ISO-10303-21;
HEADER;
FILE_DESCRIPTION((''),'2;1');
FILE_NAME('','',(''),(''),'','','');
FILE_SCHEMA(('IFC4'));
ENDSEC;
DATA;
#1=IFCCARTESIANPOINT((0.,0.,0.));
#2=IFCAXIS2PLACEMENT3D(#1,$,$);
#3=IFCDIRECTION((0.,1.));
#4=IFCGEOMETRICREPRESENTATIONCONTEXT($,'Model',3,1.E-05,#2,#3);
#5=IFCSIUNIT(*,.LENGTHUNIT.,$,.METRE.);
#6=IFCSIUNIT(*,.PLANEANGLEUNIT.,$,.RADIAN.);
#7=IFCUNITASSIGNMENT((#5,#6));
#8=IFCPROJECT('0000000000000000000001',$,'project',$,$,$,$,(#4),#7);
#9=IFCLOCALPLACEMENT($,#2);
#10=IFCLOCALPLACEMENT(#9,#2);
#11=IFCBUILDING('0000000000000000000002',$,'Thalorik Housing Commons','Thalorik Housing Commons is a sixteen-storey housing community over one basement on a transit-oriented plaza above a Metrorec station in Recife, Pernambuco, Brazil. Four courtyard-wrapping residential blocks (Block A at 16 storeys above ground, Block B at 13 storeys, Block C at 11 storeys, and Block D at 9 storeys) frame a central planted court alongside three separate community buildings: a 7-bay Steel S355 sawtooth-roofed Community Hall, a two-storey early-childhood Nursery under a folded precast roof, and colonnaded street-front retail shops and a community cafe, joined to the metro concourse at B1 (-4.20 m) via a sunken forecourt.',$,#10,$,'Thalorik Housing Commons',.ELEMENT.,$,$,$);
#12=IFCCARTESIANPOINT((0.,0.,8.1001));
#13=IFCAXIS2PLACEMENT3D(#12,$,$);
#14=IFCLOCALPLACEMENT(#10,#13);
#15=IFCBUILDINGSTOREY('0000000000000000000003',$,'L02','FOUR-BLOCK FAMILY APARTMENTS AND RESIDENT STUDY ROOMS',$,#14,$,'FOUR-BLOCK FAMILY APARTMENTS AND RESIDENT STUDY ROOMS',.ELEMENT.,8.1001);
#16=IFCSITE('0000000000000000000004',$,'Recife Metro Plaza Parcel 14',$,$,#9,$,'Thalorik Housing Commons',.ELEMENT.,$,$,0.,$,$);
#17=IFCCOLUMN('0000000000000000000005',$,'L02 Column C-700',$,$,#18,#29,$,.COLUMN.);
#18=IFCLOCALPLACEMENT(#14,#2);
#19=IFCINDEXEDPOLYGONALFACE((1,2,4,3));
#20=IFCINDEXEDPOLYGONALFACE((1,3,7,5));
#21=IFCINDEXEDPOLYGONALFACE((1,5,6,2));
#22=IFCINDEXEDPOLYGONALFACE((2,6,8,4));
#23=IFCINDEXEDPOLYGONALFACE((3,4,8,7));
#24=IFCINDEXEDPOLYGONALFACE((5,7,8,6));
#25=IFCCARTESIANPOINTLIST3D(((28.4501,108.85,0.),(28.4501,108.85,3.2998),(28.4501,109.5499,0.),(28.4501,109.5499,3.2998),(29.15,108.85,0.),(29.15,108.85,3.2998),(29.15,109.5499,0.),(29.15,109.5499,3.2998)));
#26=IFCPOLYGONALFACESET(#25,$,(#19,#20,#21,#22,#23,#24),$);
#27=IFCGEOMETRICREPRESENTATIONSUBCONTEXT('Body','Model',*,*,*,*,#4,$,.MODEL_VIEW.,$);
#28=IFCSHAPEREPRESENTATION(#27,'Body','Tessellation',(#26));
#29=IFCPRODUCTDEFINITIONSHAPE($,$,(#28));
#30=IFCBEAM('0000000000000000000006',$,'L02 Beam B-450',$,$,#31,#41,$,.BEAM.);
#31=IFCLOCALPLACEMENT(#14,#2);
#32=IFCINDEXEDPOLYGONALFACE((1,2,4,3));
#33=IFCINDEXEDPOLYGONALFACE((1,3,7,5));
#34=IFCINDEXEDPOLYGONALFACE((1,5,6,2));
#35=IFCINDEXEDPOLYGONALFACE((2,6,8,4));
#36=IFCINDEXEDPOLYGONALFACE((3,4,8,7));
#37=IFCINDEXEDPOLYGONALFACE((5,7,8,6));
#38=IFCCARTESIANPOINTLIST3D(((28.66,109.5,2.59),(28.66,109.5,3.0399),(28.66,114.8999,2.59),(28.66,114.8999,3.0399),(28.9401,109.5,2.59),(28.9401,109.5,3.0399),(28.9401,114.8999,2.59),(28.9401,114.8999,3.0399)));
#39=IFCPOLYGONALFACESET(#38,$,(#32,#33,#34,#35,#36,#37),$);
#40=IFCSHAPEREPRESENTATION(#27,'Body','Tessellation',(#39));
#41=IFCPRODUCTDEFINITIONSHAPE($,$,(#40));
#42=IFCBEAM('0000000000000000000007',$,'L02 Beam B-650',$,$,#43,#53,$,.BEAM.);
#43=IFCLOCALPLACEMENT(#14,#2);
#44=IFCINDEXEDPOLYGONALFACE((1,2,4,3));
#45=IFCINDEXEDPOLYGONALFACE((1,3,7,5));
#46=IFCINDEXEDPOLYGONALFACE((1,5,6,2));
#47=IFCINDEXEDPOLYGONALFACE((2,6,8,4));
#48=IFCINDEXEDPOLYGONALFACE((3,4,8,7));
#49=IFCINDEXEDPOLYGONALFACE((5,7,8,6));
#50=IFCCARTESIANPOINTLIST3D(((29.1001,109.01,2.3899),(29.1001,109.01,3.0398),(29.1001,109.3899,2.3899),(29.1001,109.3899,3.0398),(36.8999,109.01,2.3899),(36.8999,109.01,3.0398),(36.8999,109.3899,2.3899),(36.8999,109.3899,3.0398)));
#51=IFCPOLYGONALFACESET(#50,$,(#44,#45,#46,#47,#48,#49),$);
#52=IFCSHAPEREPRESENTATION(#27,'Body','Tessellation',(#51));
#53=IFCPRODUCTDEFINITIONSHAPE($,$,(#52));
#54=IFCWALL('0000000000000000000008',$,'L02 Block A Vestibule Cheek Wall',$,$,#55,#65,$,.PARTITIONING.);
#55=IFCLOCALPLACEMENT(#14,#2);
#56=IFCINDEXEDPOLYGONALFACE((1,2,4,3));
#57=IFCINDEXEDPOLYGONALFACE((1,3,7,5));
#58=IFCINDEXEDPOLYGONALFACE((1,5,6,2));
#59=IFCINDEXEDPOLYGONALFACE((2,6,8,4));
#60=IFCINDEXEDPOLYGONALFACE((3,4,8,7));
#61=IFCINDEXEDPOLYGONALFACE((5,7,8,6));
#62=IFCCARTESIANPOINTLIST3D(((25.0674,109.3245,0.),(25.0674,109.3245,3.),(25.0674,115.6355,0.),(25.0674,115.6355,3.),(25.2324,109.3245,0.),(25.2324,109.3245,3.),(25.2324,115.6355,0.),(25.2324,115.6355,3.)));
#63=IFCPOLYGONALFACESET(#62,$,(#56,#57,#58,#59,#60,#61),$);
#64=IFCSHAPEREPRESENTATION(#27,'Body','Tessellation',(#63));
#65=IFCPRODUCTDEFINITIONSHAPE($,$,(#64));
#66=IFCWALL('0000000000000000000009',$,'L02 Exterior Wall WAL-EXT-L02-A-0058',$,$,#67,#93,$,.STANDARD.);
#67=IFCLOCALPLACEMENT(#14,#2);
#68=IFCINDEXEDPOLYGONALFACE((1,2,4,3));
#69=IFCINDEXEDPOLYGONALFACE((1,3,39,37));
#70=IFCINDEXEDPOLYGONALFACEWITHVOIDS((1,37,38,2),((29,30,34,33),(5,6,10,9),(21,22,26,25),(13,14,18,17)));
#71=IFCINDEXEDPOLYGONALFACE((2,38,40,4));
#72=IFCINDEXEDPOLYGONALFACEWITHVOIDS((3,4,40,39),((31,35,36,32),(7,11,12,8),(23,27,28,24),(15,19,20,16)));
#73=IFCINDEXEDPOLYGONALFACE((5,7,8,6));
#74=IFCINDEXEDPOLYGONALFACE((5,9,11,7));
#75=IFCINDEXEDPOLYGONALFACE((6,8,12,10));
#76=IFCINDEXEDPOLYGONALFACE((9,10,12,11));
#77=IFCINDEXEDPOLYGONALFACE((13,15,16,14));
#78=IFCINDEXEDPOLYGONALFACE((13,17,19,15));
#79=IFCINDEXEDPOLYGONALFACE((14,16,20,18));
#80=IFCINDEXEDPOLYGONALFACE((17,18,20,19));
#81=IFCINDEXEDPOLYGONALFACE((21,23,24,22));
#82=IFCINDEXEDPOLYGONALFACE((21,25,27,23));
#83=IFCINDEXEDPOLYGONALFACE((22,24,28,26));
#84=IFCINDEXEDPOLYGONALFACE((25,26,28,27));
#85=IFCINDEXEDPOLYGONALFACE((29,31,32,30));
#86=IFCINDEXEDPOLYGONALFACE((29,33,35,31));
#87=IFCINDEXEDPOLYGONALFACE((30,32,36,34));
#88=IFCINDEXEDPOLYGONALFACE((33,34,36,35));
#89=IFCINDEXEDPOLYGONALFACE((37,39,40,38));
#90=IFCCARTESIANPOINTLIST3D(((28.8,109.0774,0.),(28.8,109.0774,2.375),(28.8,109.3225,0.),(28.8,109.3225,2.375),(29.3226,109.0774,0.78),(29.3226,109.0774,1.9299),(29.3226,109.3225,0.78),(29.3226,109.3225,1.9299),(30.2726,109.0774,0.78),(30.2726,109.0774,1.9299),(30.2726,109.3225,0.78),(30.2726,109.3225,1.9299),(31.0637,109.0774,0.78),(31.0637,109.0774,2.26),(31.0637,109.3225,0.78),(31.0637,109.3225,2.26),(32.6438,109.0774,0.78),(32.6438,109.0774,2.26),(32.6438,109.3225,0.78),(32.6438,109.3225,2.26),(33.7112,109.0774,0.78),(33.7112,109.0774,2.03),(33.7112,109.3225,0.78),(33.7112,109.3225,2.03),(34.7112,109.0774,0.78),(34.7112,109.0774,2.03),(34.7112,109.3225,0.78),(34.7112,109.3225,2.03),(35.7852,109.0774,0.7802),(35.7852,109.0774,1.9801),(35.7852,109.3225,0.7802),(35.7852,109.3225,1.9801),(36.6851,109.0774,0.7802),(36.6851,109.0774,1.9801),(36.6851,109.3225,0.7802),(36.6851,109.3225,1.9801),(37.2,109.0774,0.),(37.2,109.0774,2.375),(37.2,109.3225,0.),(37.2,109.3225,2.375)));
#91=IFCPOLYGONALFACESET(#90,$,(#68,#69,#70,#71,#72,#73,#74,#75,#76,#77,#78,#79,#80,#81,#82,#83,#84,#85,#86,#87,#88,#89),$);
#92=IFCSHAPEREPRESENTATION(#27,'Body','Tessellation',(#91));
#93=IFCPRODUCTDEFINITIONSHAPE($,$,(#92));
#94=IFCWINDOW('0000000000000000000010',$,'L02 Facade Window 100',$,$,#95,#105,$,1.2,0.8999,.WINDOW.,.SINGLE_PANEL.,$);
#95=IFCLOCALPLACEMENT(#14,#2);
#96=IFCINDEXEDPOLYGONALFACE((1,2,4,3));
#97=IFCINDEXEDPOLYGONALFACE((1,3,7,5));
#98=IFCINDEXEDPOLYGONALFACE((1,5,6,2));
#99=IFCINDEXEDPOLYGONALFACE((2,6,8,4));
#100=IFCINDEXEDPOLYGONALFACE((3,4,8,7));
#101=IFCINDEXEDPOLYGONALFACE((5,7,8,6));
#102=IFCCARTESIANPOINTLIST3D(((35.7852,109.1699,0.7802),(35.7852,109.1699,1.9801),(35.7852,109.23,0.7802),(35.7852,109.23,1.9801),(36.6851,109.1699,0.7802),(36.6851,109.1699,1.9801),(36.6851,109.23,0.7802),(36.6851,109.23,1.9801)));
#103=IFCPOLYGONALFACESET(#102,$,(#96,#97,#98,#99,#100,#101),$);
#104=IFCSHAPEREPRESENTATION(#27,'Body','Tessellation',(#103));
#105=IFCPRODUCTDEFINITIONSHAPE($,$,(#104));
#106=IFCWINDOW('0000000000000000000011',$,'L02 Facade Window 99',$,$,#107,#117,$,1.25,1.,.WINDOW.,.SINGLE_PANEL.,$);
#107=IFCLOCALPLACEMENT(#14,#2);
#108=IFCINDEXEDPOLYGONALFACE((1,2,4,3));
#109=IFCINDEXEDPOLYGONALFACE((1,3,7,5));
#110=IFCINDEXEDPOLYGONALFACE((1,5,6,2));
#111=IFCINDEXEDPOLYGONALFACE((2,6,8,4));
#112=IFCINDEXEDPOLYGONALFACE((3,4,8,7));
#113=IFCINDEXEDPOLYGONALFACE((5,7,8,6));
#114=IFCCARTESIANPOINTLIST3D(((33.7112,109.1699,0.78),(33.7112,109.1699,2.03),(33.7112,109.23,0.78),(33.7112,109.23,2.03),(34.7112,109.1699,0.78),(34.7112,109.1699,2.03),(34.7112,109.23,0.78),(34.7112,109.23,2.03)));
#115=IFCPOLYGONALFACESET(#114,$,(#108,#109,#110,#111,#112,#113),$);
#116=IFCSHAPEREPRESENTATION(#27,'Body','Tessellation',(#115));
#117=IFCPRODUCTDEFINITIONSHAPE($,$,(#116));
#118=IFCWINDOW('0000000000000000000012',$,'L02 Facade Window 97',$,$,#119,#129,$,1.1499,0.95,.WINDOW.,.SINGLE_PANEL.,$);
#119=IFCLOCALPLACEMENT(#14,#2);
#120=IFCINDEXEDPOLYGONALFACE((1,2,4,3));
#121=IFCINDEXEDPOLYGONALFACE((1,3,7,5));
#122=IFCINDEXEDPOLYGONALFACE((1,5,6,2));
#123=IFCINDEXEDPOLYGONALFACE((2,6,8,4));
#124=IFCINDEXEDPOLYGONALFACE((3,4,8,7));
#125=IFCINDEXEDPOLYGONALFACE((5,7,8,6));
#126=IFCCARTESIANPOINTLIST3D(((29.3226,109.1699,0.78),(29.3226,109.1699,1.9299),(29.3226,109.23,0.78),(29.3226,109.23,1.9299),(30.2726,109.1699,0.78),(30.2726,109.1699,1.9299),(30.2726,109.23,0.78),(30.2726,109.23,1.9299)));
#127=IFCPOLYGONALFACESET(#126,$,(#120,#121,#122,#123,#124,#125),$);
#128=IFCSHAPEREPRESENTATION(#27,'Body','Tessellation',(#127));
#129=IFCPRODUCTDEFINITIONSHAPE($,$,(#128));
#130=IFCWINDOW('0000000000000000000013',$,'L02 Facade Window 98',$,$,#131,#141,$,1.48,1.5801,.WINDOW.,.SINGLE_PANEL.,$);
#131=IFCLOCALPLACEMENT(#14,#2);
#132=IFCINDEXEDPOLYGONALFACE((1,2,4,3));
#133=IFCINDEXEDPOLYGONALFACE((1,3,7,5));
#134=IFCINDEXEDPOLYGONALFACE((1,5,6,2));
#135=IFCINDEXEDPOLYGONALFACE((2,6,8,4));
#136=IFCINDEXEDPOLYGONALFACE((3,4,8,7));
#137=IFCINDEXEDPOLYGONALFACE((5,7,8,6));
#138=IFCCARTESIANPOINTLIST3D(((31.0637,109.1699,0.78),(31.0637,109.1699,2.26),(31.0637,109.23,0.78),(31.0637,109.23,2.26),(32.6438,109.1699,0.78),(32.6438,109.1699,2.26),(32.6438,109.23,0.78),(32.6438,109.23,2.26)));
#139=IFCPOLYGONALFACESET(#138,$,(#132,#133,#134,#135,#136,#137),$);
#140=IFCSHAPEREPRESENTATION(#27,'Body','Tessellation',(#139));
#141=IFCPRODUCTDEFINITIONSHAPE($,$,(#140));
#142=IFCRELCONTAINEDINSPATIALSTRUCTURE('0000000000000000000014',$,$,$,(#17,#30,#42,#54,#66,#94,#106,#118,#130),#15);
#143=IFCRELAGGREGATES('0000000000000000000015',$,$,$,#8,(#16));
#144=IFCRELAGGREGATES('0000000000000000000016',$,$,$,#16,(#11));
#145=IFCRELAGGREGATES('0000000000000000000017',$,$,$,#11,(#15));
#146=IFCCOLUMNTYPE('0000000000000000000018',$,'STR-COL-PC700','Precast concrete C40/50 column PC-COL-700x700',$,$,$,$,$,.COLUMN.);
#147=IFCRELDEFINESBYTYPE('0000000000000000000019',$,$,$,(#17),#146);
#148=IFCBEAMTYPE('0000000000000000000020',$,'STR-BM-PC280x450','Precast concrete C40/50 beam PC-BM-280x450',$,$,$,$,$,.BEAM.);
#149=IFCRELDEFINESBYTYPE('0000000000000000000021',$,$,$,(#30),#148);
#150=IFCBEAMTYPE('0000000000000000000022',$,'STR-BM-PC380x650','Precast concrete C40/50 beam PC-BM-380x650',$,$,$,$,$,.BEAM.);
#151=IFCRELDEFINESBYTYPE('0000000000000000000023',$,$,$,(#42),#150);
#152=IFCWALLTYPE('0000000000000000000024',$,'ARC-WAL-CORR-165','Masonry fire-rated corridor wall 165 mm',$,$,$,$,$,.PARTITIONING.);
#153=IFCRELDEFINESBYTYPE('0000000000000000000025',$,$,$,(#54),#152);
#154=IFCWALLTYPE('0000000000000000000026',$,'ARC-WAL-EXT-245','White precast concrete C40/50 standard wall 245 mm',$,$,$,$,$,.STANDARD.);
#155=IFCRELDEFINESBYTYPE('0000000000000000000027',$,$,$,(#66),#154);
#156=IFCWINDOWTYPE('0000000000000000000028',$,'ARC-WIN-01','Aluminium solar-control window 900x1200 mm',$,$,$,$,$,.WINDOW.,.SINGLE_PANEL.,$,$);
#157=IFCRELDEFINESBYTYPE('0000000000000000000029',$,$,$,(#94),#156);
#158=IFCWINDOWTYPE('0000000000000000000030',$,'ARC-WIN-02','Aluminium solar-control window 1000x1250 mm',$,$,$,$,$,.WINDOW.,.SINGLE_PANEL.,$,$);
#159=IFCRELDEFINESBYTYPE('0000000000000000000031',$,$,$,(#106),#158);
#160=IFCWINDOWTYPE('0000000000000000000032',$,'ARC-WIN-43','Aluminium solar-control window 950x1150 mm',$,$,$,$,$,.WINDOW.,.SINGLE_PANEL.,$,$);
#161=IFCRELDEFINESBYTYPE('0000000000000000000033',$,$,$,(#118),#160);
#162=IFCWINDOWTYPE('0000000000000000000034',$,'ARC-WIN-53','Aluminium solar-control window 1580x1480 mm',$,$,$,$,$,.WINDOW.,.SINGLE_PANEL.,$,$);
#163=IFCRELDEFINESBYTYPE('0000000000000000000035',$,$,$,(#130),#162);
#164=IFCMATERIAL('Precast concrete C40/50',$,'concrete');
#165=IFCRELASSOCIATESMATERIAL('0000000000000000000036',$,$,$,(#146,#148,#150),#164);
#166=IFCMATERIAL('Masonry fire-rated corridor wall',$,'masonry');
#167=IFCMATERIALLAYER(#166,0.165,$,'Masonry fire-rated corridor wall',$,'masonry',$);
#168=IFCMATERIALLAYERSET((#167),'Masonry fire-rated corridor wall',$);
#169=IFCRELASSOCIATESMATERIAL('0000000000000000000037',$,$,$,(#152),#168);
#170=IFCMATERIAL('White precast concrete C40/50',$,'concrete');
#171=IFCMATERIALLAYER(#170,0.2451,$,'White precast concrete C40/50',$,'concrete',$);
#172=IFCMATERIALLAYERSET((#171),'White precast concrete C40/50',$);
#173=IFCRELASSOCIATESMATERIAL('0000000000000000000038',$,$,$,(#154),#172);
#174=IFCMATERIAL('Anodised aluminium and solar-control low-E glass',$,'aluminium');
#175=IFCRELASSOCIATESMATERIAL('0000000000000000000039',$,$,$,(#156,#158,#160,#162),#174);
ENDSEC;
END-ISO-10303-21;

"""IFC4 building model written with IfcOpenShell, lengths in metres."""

from ifc_helpers import new_model, si_unit, direction, frame, frame_2d, origin, origin_2d, place, context, subcontext, project, spatial, rectangle, extrude, material, layer, layer_set, material_profile, profile_set, type_object, element, fill, save


model = new_model("IFC4")

# Units and contexts
model_context = context("Model", 3, precision=1e-05, world=origin(), true_north=direction((0.0, 1.0)))
body_context = subcontext(model_context, "Body", "Model", "MODEL_VIEW")
ifc_project = project(units=[si_unit("LENGTHUNIT", "METRE"), si_unit("PLANEANGLEUNIT", "RADIAN")], contexts=[model_context])

# Site, building, storey
site_placement = place(None, origin())
site = spatial("IfcSite", under=ifc_project, at=site_placement, Name="Recife Metro Plaza Parcel 14", LongName="Thalorik Housing Commons", CompositionType="ELEMENT", RefElevation=0.0)
building_placement = place(site_placement, origin())
building = spatial("IfcBuilding", under=site, at=building_placement, Name="Thalorik Housing Commons", Description="Thalorik Housing Commons is a sixteen-storey housing community over one basement on a transit-oriented plaza above a Metrorec station in Recife, Pernambuco, Brazil. Four courtyard-wrapping residential blocks (Block A at 16 storeys above ground, Block B at 13 storeys, Block C at 11 storeys, and Block D at 9 storeys) frame a central planted court alongside three separate community buildings: a 7-bay Steel S355 sawtooth-roofed Community Hall, a two-storey early-childhood Nursery under a folded precast roof, and colonnaded street-front retail shops and a community cafe, joined to the metro concourse at B1 (-4.20 m) via a sunken forecourt.", LongName="Thalorik Housing Commons", CompositionType="ELEMENT")
storey_placement = place(building_placement, frame((0.0, 0.0, 8.1001)))
storey = spatial("IfcBuildingStorey", under=building, at=storey_placement, Name="L02", Description="FOUR-BLOCK FAMILY APARTMENTS AND RESIDENT STUDY ROOMS", LongName="FOUR-BLOCK FAMILY APARTMENTS AND RESIDENT STUDY ROOMS", CompositionType="ELEMENT", Elevation=8.1001)

# Column
ifc_material_1 = material(Name="Precast concrete C40/50", Category="concrete")
ifc_material_profile_1 = material_profile(ifc_material_1, rectangle(XDim=0.7, YDim=0.7, at=origin_2d()), Name="PC 700x700", Category="concrete")
ifc_profile_set_1 = profile_set([ifc_material_profile_1], Name="Precast concrete C40/50")
column_type = type_object("IfcColumnType", Name="STR-COL-PC700", Description="Precast concrete C40/50 column PC-COL-700x700", PredefinedType="COLUMN", material=ifc_profile_set_1)
column_placement = place(storey_placement, frame((28.8, 109.2, 0.0), z_axis=(0.0, 0.0, 1.0), x_axis=(1.0, 0.0, 0.0)))
element("IfcColumn", 1, at=column_placement, inside=storey, type_object=column_type, Name="L02 Column C-700", PredefinedType="COLUMN", context=body_context, shape_type="SweptSolid", body=[
    extrude(rectangle(XDim=0.7, YDim=0.7, at=origin_2d()), origin(), (0.0, 0.0, 1.0), 3.2998),
])

# Beams
ifc_material_profile_2 = material_profile(ifc_material_1, rectangle(XDim=0.28, YDim=0.45, at=origin_2d()), Name="PC 280x450", Category="concrete")
ifc_profile_set_2 = profile_set([ifc_material_profile_2], Name="Precast concrete C40/50")
beam_type_1 = type_object("IfcBeamType", Name="STR-BM-PC280x450", Description="Precast concrete C40/50 beam PC-BM-280x450", PredefinedType="BEAM", material=ifc_profile_set_2)
beam_1_placement = place(storey_placement, frame((28.8, 109.5, 2.8149), z_axis=(0.0, 1.0, 0.0), x_axis=(-1.0, 0.0, 0.0)))
element("IfcBeam", 2, at=beam_1_placement, inside=storey, type_object=beam_type_1, Name="L02 Beam B-450", PredefinedType="BEAM", context=body_context, shape_type="SweptSolid", body=[
    extrude(rectangle(XDim=0.28, YDim=0.45, at=origin_2d()), origin(), (0.0, 0.0, 1.0), 5.3999),
])
ifc_material_profile_3 = material_profile(ifc_material_1, rectangle(XDim=0.3799, YDim=0.6499, at=origin_2d()), Name="PC 380x650", Category="concrete")
ifc_profile_set_3 = profile_set([ifc_material_profile_3], Name="Precast concrete C40/50")
beam_type_2 = type_object("IfcBeamType", Name="STR-BM-PC380x650", Description="Precast concrete C40/50 beam PC-BM-380x650", PredefinedType="BEAM", material=ifc_profile_set_3)
beam_2_placement = place(storey_placement, frame((29.1001, 109.2, 2.7148), z_axis=(1.0, 0.0, 0.0), x_axis=(0.0, 1.0, 0.0)))
element("IfcBeam", 3, at=beam_2_placement, inside=storey, type_object=beam_type_2, Name="L02 Beam B-650", PredefinedType="BEAM", context=body_context, shape_type="SweptSolid", body=[
    extrude(rectangle(XDim=0.3799, YDim=0.6499, at=origin_2d()), origin(), (0.0, 0.0, 1.0), 7.7998),
])

# Wall
ifc_material_2 = material(Name="Masonry fire-rated corridor wall", Category="masonry")
ifc_layer_1 = layer(ifc_material_2, 0.165, Name="Masonry fire-rated corridor wall", Category="masonry")
ifc_layer_set_1 = layer_set([ifc_layer_1], Name="Masonry fire-rated corridor wall")
wall_type_1 = type_object("IfcWallType", Name="ARC-WAL-CORR-165", Description="Masonry fire-rated corridor wall 165 mm", PredefinedType="PARTITIONING", material=ifc_layer_set_1)
wall_1_placement = place(storey_placement, frame((25.1499, 109.3245, 0.0), z_axis=(0.0, 0.0, 1.0), x_axis=(0.0, 1.0, 0.0)))
element("IfcWall", 4, at=wall_1_placement, inside=storey, type_object=wall_type_1, Name="L02 Block A Vestibule Cheek Wall", PredefinedType="PARTITIONING", context=body_context, shape_type="SweptSolid", body=[
    extrude(rectangle(XDim=6.311, YDim=0.165, at=frame_2d((3.1555, 0.0))), origin(), (0.0, 0.0, 1.0), 3.0),
])

# Wall, openings, windows
ifc_material_3 = material(Name="White precast concrete C40/50", Category="concrete")
ifc_layer_2 = layer(ifc_material_3, 0.2451, Name="White precast concrete C40/50", Category="concrete")
ifc_layer_set_2 = layer_set([ifc_layer_2], Name="White precast concrete C40/50")
wall_type_2 = type_object("IfcWallType", Name="ARC-WAL-EXT-245", Description="White precast concrete C40/50 standard wall 245 mm", PredefinedType="STANDARD", material=ifc_layer_set_2)
wall_2_placement = place(storey_placement, frame((28.8, 109.2, 0.0), z_axis=(0.0, 0.0, 1.0), x_axis=(1.0, 0.0, 0.0)))
wall_2 = element("IfcWall", 5, at=wall_2_placement, inside=storey, type_object=wall_type_2, Name="L02 Exterior Wall WAL-EXT-L02-A-0058", PredefinedType="STANDARD", context=body_context, shape_type="SweptSolid", body=[
    extrude(rectangle(XDim=8.3999, YDim=0.2451, at=frame_2d((4.2, 0.0))), origin(), (0.0, 0.0, 1.0), 2.375),
])
opening_1_placement = place(wall_2_placement, frame((0.5225, 0.0, 0.78)))
opening_1 = element("IfcOpeningElement", 6, at=opening_1_placement, cuts=wall_2, PredefinedType="OPENING", context=body_context, shape_type="SweptSolid", body=[
    extrude(rectangle(XDim=0.95, YDim=1.1499, at=frame_2d((0.4751, 0.575))), frame((0.0, 0.1326, 0.0), z_axis=(0.0, -1.0, 0.0), x_axis=(1.0, 0.0, 0.0)), (0.0, 0.0, 1.0), 0.2651),
])
opening_2_placement = place(wall_2_placement, frame((2.2637, 0.0, 0.78)))
opening_2 = element("IfcOpeningElement", 7, at=opening_2_placement, cuts=wall_2, PredefinedType="OPENING", context=body_context, shape_type="SweptSolid", body=[
    extrude(rectangle(XDim=1.5801, YDim=1.48, at=frame_2d((0.79, 0.74))), frame((0.0, 0.1326, 0.0), z_axis=(0.0, -1.0, 0.0), x_axis=(1.0, 0.0, 0.0)), (0.0, 0.0, 1.0), 0.2651),
])
opening_3_placement = place(wall_2_placement, frame((4.9111, 0.0, 0.78)))
opening_3 = element("IfcOpeningElement", 8, at=opening_3_placement, cuts=wall_2, PredefinedType="OPENING", context=body_context, shape_type="SweptSolid", body=[
    extrude(rectangle(XDim=1.0, YDim=1.25, at=frame_2d((0.5, 0.625))), frame((0.0, 0.1326, 0.0), z_axis=(0.0, -1.0, 0.0), x_axis=(1.0, 0.0, 0.0)), (0.0, 0.0, 1.0), 0.2651),
])
opening_4_placement = place(wall_2_placement, frame((6.9851, 0.0, 0.78)))
opening_4 = element("IfcOpeningElement", 9, at=opening_4_placement, cuts=wall_2, PredefinedType="OPENING", context=body_context, shape_type="SweptSolid", body=[
    extrude(rectangle(XDim=0.8999, YDim=1.2, at=frame_2d((0.45, 0.6001))), frame((0.0, 0.1326, 0.0), z_axis=(0.0, -1.0, 0.0), x_axis=(1.0, 0.0, 0.0)), (0.0, 0.0, 1.0), 0.2651),
])
ifc_material_4 = material(Name="Anodised aluminium and solar-control low-E glass", Category="aluminium")
window_type_1 = type_object("IfcWindowType", Name="ARC-WIN-01", Description="Aluminium solar-control window 900x1200 mm", PartitioningType="SINGLE_PANEL", PredefinedType="WINDOW", material=ifc_material_4)
window_1_placement = place(opening_4_placement, origin())
window_1 = element("IfcWindow", 10, at=window_1_placement, inside=storey, type_object=window_type_1, Name="L02 Facade Window 100", OverallHeight=1.2, OverallWidth=0.8999, PartitioningType="SINGLE_PANEL", PredefinedType="WINDOW", context=body_context, shape_type="SweptSolid", body=[
    extrude(rectangle(XDim=0.8999, YDim=1.2, at=frame_2d((0.45, 0.6001))), frame((0.0, 0.03, 0.0), z_axis=(0.0, -1.0, 0.0), x_axis=(1.0, 0.0, 0.0)), (0.0, 0.0, 1.0), 0.0601),
])
fill(opening_4, window_1)
window_type_2 = type_object("IfcWindowType", Name="ARC-WIN-02", Description="Aluminium solar-control window 1000x1250 mm", PartitioningType="SINGLE_PANEL", PredefinedType="WINDOW", material=ifc_material_4)
window_2_placement = place(opening_3_placement, origin())
window_2 = element("IfcWindow", 11, at=window_2_placement, inside=storey, type_object=window_type_2, Name="L02 Facade Window 99", OverallHeight=1.25, OverallWidth=1.0, PartitioningType="SINGLE_PANEL", PredefinedType="WINDOW", context=body_context, shape_type="SweptSolid", body=[
    extrude(rectangle(XDim=1.0, YDim=1.25, at=frame_2d((0.5, 0.625))), frame((0.0, 0.03, 0.0), z_axis=(0.0, -1.0, 0.0), x_axis=(1.0, 0.0, 0.0)), (0.0, 0.0, 1.0), 0.0601),
])
fill(opening_3, window_2)
window_type_3 = type_object("IfcWindowType", Name="ARC-WIN-43", Description="Aluminium solar-control window 950x1150 mm", PartitioningType="SINGLE_PANEL", PredefinedType="WINDOW", material=ifc_material_4)
window_3_placement = place(opening_1_placement, origin())
window_3 = element("IfcWindow", 12, at=window_3_placement, inside=storey, type_object=window_type_3, Name="L02 Facade Window 97", OverallHeight=1.1499, OverallWidth=0.95, PartitioningType="SINGLE_PANEL", PredefinedType="WINDOW", context=body_context, shape_type="SweptSolid", body=[
    extrude(rectangle(XDim=0.95, YDim=1.1499, at=frame_2d((0.4751, 0.575))), frame((0.0, 0.03, 0.0), z_axis=(0.0, -1.0, 0.0), x_axis=(1.0, 0.0, 0.0)), (0.0, 0.0, 1.0), 0.0601),
])
fill(opening_1, window_3)
window_type_4 = type_object("IfcWindowType", Name="ARC-WIN-53", Description="Aluminium solar-control window 1580x1480 mm", PartitioningType="SINGLE_PANEL", PredefinedType="WINDOW", material=ifc_material_4)
window_4_placement = place(opening_2_placement, origin())
window_4 = element("IfcWindow", 13, at=window_4_placement, inside=storey, type_object=window_type_4, Name="L02 Facade Window 98", OverallHeight=1.48, OverallWidth=1.5801, PartitioningType="SINGLE_PANEL", PredefinedType="WINDOW", context=body_context, shape_type="SweptSolid", body=[
    extrude(rectangle(XDim=1.5801, YDim=1.48, at=frame_2d((0.79, 0.74))), frame((0.0, 0.03, 0.0), z_axis=(0.0, -1.0, 0.0), x_axis=(1.0, 0.0, 0.0)), (0.0, 0.0, 1.0), 0.0601),
])
fill(opening_2, window_4)

save(model, "model.ifc")
